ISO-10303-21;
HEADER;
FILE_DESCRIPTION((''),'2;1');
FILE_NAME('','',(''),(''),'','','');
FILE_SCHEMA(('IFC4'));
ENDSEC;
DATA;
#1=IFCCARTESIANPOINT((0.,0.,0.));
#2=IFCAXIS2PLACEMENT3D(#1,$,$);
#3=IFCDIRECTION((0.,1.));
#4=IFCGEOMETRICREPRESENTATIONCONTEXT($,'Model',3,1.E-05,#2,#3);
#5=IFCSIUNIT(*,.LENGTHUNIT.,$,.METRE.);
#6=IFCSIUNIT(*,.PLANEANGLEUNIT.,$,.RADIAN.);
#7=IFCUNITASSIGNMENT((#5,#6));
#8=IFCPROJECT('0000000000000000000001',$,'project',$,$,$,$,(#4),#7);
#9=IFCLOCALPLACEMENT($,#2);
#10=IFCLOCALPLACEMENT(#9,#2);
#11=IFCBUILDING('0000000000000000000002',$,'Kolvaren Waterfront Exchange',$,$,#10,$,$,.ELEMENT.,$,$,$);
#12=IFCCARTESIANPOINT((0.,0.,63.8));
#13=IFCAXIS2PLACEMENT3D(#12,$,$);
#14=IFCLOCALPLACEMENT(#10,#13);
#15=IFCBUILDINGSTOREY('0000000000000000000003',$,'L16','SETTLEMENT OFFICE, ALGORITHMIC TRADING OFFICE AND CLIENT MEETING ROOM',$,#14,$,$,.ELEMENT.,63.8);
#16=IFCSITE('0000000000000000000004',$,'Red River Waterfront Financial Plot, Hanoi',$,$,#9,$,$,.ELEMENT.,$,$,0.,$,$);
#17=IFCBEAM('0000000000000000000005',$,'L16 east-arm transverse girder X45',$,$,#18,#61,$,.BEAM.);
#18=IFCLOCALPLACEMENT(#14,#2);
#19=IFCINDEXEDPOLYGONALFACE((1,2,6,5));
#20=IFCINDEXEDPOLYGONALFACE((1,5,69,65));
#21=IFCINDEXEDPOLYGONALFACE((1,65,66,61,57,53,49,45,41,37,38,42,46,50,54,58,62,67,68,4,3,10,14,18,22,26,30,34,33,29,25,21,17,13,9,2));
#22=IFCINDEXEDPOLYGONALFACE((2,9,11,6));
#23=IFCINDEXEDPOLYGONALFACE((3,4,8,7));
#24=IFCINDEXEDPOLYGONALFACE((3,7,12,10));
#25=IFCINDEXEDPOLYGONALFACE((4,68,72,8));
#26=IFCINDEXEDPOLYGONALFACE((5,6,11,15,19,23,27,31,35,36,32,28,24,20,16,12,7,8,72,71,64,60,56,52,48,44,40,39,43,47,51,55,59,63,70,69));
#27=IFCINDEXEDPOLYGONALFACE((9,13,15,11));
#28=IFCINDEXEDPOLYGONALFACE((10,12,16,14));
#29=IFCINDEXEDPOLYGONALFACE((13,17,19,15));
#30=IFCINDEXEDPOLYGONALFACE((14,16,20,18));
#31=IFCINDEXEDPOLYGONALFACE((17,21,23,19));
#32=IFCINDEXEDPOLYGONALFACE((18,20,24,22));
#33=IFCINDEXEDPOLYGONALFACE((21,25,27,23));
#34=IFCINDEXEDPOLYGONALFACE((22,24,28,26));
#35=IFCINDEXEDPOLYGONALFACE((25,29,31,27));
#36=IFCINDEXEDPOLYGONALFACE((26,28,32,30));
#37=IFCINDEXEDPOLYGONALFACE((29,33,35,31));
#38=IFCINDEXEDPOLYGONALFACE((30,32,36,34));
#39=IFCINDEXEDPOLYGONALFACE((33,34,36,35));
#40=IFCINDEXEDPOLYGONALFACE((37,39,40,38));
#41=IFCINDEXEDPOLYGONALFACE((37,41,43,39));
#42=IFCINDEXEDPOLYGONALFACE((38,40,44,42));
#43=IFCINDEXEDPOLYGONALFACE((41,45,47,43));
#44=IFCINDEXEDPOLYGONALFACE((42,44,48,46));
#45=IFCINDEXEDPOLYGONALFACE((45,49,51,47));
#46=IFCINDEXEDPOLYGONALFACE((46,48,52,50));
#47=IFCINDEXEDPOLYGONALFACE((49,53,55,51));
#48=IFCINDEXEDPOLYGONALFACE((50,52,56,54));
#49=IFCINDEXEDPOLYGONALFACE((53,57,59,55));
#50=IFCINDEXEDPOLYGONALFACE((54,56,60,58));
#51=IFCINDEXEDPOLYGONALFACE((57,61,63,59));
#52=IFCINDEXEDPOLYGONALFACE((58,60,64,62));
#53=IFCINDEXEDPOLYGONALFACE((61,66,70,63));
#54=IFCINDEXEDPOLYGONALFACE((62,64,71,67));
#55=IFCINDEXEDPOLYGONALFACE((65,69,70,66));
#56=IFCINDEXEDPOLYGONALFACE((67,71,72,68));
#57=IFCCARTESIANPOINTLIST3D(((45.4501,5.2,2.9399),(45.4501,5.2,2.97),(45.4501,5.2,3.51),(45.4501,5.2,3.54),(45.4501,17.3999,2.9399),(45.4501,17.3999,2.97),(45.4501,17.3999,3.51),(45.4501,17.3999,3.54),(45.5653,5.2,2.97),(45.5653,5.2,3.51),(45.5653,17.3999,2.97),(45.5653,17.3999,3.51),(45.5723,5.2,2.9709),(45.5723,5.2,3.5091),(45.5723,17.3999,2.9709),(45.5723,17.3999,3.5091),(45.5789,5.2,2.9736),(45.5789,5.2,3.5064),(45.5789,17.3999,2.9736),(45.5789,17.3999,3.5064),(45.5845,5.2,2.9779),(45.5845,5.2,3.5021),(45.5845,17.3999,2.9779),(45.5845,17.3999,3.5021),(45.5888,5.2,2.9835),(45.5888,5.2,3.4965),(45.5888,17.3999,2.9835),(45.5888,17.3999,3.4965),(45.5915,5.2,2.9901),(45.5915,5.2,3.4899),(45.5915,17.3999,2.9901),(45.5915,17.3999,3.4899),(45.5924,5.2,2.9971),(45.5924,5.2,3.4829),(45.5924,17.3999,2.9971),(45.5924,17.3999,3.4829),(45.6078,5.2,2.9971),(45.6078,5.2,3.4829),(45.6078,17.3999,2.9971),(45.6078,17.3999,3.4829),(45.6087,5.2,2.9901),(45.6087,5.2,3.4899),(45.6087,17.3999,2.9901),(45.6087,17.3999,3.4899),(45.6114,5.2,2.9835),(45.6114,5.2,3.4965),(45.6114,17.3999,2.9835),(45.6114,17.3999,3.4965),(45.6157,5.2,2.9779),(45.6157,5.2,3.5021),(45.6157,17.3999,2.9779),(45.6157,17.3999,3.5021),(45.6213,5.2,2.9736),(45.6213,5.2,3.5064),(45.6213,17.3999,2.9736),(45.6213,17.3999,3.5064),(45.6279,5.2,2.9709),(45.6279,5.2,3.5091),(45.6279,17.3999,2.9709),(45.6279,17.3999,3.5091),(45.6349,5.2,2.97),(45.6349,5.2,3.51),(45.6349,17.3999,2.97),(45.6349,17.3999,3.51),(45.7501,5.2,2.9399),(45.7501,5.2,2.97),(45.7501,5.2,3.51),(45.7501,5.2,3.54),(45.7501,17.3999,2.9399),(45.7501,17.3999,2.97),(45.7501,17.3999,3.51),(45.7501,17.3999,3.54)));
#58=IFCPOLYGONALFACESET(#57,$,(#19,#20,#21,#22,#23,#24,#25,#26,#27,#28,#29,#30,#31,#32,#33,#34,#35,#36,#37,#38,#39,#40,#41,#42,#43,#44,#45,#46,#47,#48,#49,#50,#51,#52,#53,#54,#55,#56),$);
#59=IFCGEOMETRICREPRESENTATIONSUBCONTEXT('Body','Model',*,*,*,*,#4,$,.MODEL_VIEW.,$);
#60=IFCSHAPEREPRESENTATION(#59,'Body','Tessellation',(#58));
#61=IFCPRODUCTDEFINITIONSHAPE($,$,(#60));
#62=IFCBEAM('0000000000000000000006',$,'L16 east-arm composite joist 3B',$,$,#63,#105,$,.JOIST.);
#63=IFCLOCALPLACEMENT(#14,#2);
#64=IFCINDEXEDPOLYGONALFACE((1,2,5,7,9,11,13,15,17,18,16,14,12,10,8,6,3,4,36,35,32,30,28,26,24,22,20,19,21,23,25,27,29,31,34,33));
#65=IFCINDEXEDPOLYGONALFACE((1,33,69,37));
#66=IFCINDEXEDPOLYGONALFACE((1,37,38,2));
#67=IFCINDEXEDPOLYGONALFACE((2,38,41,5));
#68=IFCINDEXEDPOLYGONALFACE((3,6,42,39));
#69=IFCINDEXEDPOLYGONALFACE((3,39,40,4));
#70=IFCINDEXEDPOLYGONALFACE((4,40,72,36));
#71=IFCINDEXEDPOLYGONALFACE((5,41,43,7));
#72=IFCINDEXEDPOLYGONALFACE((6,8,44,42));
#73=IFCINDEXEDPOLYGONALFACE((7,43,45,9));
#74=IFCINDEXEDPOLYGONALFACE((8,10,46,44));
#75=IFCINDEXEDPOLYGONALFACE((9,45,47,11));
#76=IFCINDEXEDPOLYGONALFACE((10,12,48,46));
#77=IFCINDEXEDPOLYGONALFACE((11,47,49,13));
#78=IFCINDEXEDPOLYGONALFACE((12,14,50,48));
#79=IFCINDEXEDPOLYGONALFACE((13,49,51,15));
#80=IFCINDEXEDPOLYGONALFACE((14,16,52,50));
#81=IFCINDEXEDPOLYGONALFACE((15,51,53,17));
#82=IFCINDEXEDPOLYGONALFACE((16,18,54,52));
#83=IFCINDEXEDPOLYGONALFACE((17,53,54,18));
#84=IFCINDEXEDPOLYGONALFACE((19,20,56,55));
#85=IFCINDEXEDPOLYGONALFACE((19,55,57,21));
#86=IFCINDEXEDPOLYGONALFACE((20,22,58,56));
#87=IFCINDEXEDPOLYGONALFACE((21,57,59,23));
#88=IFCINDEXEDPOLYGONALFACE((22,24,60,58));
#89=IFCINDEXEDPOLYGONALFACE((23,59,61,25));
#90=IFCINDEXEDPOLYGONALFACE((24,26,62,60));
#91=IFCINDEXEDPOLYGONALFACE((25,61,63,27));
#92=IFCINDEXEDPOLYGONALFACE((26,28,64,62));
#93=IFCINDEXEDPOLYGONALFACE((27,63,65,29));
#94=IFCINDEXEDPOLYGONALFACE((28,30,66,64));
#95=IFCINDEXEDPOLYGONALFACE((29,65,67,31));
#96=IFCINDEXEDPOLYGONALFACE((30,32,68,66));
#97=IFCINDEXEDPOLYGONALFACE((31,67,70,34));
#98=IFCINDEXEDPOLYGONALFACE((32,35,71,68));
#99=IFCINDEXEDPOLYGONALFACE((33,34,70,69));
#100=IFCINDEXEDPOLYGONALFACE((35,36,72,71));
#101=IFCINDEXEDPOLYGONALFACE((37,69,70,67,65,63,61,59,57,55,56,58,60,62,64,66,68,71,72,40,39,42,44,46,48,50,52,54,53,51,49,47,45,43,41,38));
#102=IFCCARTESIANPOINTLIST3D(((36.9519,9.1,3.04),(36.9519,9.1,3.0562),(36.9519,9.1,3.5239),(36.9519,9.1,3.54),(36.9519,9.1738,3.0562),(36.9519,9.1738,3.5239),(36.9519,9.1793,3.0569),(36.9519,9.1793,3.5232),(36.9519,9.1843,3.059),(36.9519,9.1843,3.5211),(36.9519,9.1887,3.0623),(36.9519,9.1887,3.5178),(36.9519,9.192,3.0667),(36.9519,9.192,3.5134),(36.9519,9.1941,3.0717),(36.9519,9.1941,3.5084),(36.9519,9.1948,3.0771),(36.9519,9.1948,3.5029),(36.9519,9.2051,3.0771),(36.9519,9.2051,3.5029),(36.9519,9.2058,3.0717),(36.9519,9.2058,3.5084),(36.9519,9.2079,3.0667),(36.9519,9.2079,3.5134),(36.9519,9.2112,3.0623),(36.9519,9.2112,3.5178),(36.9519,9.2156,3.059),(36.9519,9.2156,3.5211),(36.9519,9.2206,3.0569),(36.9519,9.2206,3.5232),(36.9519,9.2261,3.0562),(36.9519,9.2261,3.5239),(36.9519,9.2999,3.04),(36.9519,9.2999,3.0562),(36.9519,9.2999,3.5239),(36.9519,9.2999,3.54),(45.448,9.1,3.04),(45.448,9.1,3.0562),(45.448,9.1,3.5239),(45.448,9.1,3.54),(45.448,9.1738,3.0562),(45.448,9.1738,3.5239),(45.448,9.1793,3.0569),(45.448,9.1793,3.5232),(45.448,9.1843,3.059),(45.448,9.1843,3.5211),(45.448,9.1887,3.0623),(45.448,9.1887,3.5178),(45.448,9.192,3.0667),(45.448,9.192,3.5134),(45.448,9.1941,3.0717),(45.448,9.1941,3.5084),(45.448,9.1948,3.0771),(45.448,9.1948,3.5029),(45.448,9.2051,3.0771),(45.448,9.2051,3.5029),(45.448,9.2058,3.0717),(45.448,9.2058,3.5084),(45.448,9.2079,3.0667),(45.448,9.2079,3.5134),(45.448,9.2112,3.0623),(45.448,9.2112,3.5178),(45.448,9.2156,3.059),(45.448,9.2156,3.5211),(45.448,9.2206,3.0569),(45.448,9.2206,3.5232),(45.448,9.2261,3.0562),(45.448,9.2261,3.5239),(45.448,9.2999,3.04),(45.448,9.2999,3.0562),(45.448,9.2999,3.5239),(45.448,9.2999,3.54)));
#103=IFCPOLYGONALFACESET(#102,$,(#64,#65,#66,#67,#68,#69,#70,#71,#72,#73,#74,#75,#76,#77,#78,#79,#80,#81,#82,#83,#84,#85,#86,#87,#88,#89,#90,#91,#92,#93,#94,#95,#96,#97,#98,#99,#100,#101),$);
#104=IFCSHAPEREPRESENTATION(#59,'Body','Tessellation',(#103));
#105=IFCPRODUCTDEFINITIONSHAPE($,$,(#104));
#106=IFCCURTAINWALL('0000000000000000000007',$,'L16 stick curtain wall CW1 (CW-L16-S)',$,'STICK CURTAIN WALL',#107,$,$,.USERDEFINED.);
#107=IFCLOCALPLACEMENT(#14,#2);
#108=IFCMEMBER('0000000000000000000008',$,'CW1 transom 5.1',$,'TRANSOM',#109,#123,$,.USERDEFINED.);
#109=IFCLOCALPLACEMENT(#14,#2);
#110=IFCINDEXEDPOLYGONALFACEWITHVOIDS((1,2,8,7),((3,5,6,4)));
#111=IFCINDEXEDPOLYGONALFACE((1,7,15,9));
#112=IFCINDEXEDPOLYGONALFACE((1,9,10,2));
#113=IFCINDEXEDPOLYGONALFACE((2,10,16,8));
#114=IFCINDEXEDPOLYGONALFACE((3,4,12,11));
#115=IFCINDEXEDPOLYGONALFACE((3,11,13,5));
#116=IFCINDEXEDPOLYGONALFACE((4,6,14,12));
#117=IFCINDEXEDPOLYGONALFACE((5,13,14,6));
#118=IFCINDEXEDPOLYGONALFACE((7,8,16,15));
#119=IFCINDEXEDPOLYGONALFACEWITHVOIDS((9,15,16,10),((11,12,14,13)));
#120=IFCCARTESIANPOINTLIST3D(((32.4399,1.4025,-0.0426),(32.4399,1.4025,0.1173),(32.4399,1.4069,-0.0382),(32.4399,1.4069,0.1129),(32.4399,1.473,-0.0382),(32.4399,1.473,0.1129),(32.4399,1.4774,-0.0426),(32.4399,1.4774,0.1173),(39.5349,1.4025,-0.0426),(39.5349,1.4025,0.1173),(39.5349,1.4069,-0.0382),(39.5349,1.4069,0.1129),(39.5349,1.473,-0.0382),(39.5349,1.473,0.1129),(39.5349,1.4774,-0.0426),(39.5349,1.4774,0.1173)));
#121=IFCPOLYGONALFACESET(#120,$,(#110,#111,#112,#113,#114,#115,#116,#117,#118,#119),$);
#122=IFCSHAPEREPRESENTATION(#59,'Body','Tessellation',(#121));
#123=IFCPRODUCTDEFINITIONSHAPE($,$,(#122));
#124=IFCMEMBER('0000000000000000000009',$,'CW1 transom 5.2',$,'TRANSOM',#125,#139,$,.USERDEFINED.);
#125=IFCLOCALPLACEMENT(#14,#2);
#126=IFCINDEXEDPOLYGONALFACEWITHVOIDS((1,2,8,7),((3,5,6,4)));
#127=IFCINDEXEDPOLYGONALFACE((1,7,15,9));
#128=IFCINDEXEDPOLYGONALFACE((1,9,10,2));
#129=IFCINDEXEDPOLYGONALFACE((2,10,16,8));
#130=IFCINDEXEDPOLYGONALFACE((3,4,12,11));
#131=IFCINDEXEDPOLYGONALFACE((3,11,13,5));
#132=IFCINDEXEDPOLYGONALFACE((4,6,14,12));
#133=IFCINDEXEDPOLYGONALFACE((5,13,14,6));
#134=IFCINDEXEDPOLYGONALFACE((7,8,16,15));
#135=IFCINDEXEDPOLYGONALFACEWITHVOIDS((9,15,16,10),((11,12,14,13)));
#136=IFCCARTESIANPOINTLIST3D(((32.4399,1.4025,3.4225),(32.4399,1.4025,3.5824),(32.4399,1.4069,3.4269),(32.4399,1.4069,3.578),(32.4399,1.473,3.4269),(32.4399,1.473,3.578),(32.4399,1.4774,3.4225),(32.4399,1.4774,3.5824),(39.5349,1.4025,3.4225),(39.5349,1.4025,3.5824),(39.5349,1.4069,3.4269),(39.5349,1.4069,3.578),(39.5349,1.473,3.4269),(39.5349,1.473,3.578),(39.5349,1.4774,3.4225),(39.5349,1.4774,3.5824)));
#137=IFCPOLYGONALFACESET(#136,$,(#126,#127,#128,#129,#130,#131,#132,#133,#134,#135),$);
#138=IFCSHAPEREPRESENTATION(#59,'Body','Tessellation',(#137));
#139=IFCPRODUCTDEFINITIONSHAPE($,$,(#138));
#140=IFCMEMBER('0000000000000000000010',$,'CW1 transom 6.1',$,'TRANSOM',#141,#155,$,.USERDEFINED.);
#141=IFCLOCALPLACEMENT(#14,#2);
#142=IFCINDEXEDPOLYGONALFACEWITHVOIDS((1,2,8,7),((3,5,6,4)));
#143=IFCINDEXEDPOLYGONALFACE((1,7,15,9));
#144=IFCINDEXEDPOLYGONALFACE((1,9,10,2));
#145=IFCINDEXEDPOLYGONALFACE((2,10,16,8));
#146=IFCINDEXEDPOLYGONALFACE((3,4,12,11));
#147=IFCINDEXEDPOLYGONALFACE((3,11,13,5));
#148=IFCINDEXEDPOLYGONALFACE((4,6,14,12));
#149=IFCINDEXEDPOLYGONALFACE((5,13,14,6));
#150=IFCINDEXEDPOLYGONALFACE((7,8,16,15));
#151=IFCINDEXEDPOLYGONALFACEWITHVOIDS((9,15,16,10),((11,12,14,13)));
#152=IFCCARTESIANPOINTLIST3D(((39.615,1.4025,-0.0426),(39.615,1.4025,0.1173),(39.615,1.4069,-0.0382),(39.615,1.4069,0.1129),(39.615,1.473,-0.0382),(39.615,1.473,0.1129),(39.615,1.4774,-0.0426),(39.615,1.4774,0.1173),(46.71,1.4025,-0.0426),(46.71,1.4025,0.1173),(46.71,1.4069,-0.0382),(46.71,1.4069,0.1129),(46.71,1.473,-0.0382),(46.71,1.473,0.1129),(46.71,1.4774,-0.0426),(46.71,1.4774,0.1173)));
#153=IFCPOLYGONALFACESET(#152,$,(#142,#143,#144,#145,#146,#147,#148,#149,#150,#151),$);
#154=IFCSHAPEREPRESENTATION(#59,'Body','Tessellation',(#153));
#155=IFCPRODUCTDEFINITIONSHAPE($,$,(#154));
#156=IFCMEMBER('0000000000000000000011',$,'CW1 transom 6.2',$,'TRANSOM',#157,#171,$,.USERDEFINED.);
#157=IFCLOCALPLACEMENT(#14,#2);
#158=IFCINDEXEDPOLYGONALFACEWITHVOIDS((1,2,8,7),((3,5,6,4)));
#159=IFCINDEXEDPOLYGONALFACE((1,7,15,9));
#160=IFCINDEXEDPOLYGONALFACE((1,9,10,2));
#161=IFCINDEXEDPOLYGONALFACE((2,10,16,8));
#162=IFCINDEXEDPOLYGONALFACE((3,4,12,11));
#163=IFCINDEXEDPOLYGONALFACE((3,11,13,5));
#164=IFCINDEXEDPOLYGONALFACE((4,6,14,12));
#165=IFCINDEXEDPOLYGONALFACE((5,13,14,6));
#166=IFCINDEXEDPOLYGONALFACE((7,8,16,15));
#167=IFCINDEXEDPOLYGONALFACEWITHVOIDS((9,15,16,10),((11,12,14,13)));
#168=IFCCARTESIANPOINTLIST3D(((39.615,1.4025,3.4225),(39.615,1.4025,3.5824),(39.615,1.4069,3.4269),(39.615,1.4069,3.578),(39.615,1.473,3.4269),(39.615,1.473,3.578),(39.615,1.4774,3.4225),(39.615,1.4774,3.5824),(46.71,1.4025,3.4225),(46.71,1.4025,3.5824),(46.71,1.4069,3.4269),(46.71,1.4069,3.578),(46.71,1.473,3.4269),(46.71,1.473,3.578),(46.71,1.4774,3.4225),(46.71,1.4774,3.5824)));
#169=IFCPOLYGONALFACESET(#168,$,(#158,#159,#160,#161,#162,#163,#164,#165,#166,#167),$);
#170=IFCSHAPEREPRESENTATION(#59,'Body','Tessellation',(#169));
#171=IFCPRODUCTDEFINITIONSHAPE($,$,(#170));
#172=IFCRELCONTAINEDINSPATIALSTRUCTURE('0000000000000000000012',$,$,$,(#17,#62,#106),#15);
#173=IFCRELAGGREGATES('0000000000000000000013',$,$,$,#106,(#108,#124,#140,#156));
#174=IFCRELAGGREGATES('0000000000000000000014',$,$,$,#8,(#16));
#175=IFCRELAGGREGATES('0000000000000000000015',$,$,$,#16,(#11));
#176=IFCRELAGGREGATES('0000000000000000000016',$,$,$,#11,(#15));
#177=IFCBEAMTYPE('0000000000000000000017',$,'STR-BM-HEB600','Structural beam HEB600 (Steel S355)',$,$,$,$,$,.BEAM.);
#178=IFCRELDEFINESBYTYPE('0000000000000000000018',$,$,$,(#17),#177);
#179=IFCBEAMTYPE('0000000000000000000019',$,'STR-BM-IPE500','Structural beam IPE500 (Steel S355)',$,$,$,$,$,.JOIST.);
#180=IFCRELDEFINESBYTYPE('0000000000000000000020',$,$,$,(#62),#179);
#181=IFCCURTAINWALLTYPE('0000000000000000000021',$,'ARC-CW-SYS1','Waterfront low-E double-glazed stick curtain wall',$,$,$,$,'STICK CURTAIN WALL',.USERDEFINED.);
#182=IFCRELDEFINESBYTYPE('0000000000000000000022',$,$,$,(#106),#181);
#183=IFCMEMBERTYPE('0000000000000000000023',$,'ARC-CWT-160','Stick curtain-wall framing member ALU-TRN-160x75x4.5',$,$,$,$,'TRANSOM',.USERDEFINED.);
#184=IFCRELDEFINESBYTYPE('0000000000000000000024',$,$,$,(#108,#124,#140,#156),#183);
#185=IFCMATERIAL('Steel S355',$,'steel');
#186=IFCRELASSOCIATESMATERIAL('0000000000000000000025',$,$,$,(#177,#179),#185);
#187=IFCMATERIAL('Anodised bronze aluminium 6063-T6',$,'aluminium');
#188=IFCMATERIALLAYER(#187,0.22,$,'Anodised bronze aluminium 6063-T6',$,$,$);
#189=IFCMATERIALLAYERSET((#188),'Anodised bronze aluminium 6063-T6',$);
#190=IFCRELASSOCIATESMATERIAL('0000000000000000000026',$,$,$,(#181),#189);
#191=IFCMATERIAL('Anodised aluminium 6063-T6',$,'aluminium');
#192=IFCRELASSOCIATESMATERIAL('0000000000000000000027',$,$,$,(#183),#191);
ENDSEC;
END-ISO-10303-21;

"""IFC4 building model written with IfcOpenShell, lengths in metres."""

from ifc_helpers import new_model, si_unit, direction, frame, origin, origin_with_axes, origin_2d, place, context, subcontext, project, spatial, hollow_rectangle, i_section, extrude, source, transform, mapped, material, layer, layer_set, material_profile, profile_set, type_object, element, aggregate, save


model = new_model("IFC4")

# Units and contexts
model_context = context("Model", 3, precision=1e-05, world=origin(), true_north=direction((0.0, 1.0)))
body_context = subcontext(model_context, "Body", "Model", "MODEL_VIEW")
ifc_project = project(units=[si_unit("LENGTHUNIT", "METRE"), si_unit("PLANEANGLEUNIT", "RADIAN")], contexts=[model_context])

# Site, building, storey
site_placement = place(None, origin())
site = spatial("IfcSite", under=ifc_project, at=site_placement, Name="Red River Waterfront Financial Plot, Hanoi", CompositionType="ELEMENT", RefElevation=0.0)
building_placement = place(site_placement, origin())
building = spatial("IfcBuilding", under=site, at=building_placement, Name="Kolvaren Waterfront Exchange", CompositionType="ELEMENT")
storey_placement = place(building_placement, frame((0.0, 0.0, 63.8)))
storey = spatial("IfcBuildingStorey", under=building, at=storey_placement, Name="L16", Description="SETTLEMENT OFFICE, ALGORITHMIC TRADING OFFICE AND CLIENT MEETING ROOM", CompositionType="ELEMENT", Elevation=63.8)

# Beams
ifc_material_1 = material(Name="Steel S355", Category="steel")
ifc_material_profile_1 = material_profile(ifc_material_1, i_section(OverallWidth=0.3, OverallDepth=0.6001, WebThickness=0.0154, FlangeThickness=0.03, FilletRadius=0.0271, at=origin_2d()), Name="HEB600")
ifc_profile_set_1 = profile_set([ifc_material_profile_1], Name="Steel S355")
beam_type_1 = type_object("IfcBeamType", Name="STR-BM-HEB600", Description="Structural beam HEB600 (Steel S355)", PredefinedType="BEAM", material=ifc_profile_set_1)
for number, where, z_axis, x_axis, name in (
    (1, (45.6001, 5.2, 3.24), (0.0, 1.0, 0.0), (-1.0, 0.0, 0.0), "L16 east-arm transverse girder X45"),
):
    element("IfcBeam", number, at=place(storey_placement, frame(where, z_axis=z_axis, x_axis=x_axis)), inside=storey, type_object=beam_type_1, Name=name, PredefinedType="BEAM", context=body_context, shape_type="SweptSolid", body=[
        extrude(i_section(OverallWidth=0.3, OverallDepth=0.6001, WebThickness=0.0154, FlangeThickness=0.03, FilletRadius=0.0271, at=origin_2d()), origin(), (0.0, 0.0, 1.0), 12.2),
    ])
ifc_material_profile_2 = material_profile(ifc_material_1, i_section(OverallWidth=0.2, OverallDepth=0.5, WebThickness=0.0103, FlangeThickness=0.0161, FilletRadius=0.021, at=origin_2d()), Name="IPE500")
ifc_profile_set_2 = profile_set([ifc_material_profile_2], Name="Steel S355")
beam_type_2 = type_object("IfcBeamType", Name="STR-BM-IPE500", Description="Structural beam IPE500 (Steel S355)", PredefinedType="JOIST", material=ifc_profile_set_2)
beam_1_placement = place(storey_placement, frame((36.9519, 9.2, 3.29), z_axis=(1.0, 0.0, 0.0), x_axis=(0.0, 1.0, 0.0)))
element("IfcBeam", 2, at=beam_1_placement, inside=storey, type_object=beam_type_2, Name="L16 east-arm composite joist 3B", PredefinedType="JOIST", context=body_context, shape_type="SweptSolid", body=[
    extrude(i_section(OverallWidth=0.2, OverallDepth=0.5, WebThickness=0.0103, FlangeThickness=0.0161, FilletRadius=0.021, at=origin_2d()), origin(), (0.0, 0.0, 1.0), 8.4961),
])

# Curtain wall, members
ifc_material_2 = material(Name="Anodised bronze aluminium 6063-T6", Category="aluminium")
ifc_layer_1 = layer(ifc_material_2, 0.22, Name="Anodised bronze aluminium 6063-T6")
ifc_layer_set_1 = layer_set([ifc_layer_1], Name="Anodised bronze aluminium 6063-T6")
curtain_wall_type = type_object("IfcCurtainWallType", Name="ARC-CW-SYS1", Description="Waterfront low-E double-glazed stick curtain wall", ElementType="STICK CURTAIN WALL", PredefinedType="USERDEFINED", material=ifc_layer_set_1)
curtain_wall_placement = place(storey_placement, origin())
curtain_wall = element("IfcCurtainWall", 3, at=curtain_wall_placement, inside=storey, type_object=curtain_wall_type, Name="L16 stick curtain wall CW1 (CW-L16-S)", ObjectType="STICK CURTAIN WALL", PredefinedType="USERDEFINED")
ifc_material_3 = material(Name="Anodised aluminium 6063-T6", Category="aluminium")
ifc_material_profile_3 = material_profile(ifc_material_3, hollow_rectangle(XDim=0.075, YDim=0.1599, WallThickness=0.0044, at=origin_2d()), Name="ALU-TRN-160x75x4.5")
ifc_profile_set_3 = profile_set([ifc_material_profile_3], Name="Anodised aluminium 6063-T6")
member_type_1 = type_object("IfcMemberType", Name="ARC-CWT-160", Description="Stick curtain-wall framing member ALU-TRN-160x75x4.5", ElementType="TRANSOM", PredefinedType="USERDEFINED", material=ifc_profile_set_3)
shared_shape_1 = source(origin_with_axes(), body_context, "Body", "SweptSolid", [
    extrude(hollow_rectangle(XDim=0.075, YDim=0.1599, WallThickness=0.0044, at=origin_2d()), origin(), (0.0, 0.0, 1.0), 7.095),
])
member_1_placement = place(storey_placement, frame((32.4399, 1.4399, 0.0374), z_axis=(1.0, 0.0, 0.0), x_axis=(0.0, 1.0, 0.0)))
member_1 = element("IfcMember", 4, at=member_1_placement, type_object=member_type_1, Name="CW1 transom 5.1", ObjectType="TRANSOM", PredefinedType="USERDEFINED", context=body_context, shape_type="MappedRepresentation", body=[
    mapped(shared_shape_1, transform((0.0, 0.0, 0.0), x_axis=(1.0, 0.0, 0.0), y_axis=(0.0, 1.0, 0.0), z_axis=(0.0, 0.0, 1.0), scale=1.0)),
])
member_2_placement = place(storey_placement, frame((32.4399, 1.4399, 3.5024), z_axis=(1.0, 0.0, 0.0), x_axis=(0.0, 1.0, 0.0)))
member_2 = element("IfcMember", 5, at=member_2_placement, type_object=member_type_1, Name="CW1 transom 5.2", ObjectType="TRANSOM", PredefinedType="USERDEFINED", context=body_context, shape_type="MappedRepresentation", body=[
    mapped(shared_shape_1, transform((0.0, 0.0, 0.0), x_axis=(1.0, 0.0, 0.0), y_axis=(0.0, 1.0, 0.0), z_axis=(0.0, 0.0, 1.0), scale=1.0)),
])
member_3_placement = place(storey_placement, frame((39.615, 1.4399, 0.0374), z_axis=(1.0, 0.0, 0.0), x_axis=(0.0, 1.0, 0.0)))
member_3 = element("IfcMember", 6, at=member_3_placement, type_object=member_type_1, Name="CW1 transom 6.1", ObjectType="TRANSOM", PredefinedType="USERDEFINED", context=body_context, shape_type="MappedRepresentation", body=[
    mapped(shared_shape_1, transform((0.0, 0.0, 0.0), x_axis=(1.0, 0.0, 0.0), y_axis=(0.0, 1.0, 0.0), z_axis=(0.0, 0.0, 1.0), scale=1.0)),
])
member_4_placement = place(storey_placement, frame((39.615, 1.4399, 3.5024), z_axis=(1.0, 0.0, 0.0), x_axis=(0.0, 1.0, 0.0)))
member_4 = element("IfcMember", 7, at=member_4_placement, type_object=member_type_1, Name="CW1 transom 6.2", ObjectType="TRANSOM", PredefinedType="USERDEFINED", context=body_context, shape_type="MappedRepresentation", body=[
    mapped(shared_shape_1, transform((0.0, 0.0, 0.0), x_axis=(1.0, 0.0, 0.0), y_axis=(0.0, 1.0, 0.0), z_axis=(0.0, 0.0, 1.0), scale=1.0)),
])
aggregate(curtain_wall, [member_1, member_2, member_3, member_4])

save(model, "model.ifc")
